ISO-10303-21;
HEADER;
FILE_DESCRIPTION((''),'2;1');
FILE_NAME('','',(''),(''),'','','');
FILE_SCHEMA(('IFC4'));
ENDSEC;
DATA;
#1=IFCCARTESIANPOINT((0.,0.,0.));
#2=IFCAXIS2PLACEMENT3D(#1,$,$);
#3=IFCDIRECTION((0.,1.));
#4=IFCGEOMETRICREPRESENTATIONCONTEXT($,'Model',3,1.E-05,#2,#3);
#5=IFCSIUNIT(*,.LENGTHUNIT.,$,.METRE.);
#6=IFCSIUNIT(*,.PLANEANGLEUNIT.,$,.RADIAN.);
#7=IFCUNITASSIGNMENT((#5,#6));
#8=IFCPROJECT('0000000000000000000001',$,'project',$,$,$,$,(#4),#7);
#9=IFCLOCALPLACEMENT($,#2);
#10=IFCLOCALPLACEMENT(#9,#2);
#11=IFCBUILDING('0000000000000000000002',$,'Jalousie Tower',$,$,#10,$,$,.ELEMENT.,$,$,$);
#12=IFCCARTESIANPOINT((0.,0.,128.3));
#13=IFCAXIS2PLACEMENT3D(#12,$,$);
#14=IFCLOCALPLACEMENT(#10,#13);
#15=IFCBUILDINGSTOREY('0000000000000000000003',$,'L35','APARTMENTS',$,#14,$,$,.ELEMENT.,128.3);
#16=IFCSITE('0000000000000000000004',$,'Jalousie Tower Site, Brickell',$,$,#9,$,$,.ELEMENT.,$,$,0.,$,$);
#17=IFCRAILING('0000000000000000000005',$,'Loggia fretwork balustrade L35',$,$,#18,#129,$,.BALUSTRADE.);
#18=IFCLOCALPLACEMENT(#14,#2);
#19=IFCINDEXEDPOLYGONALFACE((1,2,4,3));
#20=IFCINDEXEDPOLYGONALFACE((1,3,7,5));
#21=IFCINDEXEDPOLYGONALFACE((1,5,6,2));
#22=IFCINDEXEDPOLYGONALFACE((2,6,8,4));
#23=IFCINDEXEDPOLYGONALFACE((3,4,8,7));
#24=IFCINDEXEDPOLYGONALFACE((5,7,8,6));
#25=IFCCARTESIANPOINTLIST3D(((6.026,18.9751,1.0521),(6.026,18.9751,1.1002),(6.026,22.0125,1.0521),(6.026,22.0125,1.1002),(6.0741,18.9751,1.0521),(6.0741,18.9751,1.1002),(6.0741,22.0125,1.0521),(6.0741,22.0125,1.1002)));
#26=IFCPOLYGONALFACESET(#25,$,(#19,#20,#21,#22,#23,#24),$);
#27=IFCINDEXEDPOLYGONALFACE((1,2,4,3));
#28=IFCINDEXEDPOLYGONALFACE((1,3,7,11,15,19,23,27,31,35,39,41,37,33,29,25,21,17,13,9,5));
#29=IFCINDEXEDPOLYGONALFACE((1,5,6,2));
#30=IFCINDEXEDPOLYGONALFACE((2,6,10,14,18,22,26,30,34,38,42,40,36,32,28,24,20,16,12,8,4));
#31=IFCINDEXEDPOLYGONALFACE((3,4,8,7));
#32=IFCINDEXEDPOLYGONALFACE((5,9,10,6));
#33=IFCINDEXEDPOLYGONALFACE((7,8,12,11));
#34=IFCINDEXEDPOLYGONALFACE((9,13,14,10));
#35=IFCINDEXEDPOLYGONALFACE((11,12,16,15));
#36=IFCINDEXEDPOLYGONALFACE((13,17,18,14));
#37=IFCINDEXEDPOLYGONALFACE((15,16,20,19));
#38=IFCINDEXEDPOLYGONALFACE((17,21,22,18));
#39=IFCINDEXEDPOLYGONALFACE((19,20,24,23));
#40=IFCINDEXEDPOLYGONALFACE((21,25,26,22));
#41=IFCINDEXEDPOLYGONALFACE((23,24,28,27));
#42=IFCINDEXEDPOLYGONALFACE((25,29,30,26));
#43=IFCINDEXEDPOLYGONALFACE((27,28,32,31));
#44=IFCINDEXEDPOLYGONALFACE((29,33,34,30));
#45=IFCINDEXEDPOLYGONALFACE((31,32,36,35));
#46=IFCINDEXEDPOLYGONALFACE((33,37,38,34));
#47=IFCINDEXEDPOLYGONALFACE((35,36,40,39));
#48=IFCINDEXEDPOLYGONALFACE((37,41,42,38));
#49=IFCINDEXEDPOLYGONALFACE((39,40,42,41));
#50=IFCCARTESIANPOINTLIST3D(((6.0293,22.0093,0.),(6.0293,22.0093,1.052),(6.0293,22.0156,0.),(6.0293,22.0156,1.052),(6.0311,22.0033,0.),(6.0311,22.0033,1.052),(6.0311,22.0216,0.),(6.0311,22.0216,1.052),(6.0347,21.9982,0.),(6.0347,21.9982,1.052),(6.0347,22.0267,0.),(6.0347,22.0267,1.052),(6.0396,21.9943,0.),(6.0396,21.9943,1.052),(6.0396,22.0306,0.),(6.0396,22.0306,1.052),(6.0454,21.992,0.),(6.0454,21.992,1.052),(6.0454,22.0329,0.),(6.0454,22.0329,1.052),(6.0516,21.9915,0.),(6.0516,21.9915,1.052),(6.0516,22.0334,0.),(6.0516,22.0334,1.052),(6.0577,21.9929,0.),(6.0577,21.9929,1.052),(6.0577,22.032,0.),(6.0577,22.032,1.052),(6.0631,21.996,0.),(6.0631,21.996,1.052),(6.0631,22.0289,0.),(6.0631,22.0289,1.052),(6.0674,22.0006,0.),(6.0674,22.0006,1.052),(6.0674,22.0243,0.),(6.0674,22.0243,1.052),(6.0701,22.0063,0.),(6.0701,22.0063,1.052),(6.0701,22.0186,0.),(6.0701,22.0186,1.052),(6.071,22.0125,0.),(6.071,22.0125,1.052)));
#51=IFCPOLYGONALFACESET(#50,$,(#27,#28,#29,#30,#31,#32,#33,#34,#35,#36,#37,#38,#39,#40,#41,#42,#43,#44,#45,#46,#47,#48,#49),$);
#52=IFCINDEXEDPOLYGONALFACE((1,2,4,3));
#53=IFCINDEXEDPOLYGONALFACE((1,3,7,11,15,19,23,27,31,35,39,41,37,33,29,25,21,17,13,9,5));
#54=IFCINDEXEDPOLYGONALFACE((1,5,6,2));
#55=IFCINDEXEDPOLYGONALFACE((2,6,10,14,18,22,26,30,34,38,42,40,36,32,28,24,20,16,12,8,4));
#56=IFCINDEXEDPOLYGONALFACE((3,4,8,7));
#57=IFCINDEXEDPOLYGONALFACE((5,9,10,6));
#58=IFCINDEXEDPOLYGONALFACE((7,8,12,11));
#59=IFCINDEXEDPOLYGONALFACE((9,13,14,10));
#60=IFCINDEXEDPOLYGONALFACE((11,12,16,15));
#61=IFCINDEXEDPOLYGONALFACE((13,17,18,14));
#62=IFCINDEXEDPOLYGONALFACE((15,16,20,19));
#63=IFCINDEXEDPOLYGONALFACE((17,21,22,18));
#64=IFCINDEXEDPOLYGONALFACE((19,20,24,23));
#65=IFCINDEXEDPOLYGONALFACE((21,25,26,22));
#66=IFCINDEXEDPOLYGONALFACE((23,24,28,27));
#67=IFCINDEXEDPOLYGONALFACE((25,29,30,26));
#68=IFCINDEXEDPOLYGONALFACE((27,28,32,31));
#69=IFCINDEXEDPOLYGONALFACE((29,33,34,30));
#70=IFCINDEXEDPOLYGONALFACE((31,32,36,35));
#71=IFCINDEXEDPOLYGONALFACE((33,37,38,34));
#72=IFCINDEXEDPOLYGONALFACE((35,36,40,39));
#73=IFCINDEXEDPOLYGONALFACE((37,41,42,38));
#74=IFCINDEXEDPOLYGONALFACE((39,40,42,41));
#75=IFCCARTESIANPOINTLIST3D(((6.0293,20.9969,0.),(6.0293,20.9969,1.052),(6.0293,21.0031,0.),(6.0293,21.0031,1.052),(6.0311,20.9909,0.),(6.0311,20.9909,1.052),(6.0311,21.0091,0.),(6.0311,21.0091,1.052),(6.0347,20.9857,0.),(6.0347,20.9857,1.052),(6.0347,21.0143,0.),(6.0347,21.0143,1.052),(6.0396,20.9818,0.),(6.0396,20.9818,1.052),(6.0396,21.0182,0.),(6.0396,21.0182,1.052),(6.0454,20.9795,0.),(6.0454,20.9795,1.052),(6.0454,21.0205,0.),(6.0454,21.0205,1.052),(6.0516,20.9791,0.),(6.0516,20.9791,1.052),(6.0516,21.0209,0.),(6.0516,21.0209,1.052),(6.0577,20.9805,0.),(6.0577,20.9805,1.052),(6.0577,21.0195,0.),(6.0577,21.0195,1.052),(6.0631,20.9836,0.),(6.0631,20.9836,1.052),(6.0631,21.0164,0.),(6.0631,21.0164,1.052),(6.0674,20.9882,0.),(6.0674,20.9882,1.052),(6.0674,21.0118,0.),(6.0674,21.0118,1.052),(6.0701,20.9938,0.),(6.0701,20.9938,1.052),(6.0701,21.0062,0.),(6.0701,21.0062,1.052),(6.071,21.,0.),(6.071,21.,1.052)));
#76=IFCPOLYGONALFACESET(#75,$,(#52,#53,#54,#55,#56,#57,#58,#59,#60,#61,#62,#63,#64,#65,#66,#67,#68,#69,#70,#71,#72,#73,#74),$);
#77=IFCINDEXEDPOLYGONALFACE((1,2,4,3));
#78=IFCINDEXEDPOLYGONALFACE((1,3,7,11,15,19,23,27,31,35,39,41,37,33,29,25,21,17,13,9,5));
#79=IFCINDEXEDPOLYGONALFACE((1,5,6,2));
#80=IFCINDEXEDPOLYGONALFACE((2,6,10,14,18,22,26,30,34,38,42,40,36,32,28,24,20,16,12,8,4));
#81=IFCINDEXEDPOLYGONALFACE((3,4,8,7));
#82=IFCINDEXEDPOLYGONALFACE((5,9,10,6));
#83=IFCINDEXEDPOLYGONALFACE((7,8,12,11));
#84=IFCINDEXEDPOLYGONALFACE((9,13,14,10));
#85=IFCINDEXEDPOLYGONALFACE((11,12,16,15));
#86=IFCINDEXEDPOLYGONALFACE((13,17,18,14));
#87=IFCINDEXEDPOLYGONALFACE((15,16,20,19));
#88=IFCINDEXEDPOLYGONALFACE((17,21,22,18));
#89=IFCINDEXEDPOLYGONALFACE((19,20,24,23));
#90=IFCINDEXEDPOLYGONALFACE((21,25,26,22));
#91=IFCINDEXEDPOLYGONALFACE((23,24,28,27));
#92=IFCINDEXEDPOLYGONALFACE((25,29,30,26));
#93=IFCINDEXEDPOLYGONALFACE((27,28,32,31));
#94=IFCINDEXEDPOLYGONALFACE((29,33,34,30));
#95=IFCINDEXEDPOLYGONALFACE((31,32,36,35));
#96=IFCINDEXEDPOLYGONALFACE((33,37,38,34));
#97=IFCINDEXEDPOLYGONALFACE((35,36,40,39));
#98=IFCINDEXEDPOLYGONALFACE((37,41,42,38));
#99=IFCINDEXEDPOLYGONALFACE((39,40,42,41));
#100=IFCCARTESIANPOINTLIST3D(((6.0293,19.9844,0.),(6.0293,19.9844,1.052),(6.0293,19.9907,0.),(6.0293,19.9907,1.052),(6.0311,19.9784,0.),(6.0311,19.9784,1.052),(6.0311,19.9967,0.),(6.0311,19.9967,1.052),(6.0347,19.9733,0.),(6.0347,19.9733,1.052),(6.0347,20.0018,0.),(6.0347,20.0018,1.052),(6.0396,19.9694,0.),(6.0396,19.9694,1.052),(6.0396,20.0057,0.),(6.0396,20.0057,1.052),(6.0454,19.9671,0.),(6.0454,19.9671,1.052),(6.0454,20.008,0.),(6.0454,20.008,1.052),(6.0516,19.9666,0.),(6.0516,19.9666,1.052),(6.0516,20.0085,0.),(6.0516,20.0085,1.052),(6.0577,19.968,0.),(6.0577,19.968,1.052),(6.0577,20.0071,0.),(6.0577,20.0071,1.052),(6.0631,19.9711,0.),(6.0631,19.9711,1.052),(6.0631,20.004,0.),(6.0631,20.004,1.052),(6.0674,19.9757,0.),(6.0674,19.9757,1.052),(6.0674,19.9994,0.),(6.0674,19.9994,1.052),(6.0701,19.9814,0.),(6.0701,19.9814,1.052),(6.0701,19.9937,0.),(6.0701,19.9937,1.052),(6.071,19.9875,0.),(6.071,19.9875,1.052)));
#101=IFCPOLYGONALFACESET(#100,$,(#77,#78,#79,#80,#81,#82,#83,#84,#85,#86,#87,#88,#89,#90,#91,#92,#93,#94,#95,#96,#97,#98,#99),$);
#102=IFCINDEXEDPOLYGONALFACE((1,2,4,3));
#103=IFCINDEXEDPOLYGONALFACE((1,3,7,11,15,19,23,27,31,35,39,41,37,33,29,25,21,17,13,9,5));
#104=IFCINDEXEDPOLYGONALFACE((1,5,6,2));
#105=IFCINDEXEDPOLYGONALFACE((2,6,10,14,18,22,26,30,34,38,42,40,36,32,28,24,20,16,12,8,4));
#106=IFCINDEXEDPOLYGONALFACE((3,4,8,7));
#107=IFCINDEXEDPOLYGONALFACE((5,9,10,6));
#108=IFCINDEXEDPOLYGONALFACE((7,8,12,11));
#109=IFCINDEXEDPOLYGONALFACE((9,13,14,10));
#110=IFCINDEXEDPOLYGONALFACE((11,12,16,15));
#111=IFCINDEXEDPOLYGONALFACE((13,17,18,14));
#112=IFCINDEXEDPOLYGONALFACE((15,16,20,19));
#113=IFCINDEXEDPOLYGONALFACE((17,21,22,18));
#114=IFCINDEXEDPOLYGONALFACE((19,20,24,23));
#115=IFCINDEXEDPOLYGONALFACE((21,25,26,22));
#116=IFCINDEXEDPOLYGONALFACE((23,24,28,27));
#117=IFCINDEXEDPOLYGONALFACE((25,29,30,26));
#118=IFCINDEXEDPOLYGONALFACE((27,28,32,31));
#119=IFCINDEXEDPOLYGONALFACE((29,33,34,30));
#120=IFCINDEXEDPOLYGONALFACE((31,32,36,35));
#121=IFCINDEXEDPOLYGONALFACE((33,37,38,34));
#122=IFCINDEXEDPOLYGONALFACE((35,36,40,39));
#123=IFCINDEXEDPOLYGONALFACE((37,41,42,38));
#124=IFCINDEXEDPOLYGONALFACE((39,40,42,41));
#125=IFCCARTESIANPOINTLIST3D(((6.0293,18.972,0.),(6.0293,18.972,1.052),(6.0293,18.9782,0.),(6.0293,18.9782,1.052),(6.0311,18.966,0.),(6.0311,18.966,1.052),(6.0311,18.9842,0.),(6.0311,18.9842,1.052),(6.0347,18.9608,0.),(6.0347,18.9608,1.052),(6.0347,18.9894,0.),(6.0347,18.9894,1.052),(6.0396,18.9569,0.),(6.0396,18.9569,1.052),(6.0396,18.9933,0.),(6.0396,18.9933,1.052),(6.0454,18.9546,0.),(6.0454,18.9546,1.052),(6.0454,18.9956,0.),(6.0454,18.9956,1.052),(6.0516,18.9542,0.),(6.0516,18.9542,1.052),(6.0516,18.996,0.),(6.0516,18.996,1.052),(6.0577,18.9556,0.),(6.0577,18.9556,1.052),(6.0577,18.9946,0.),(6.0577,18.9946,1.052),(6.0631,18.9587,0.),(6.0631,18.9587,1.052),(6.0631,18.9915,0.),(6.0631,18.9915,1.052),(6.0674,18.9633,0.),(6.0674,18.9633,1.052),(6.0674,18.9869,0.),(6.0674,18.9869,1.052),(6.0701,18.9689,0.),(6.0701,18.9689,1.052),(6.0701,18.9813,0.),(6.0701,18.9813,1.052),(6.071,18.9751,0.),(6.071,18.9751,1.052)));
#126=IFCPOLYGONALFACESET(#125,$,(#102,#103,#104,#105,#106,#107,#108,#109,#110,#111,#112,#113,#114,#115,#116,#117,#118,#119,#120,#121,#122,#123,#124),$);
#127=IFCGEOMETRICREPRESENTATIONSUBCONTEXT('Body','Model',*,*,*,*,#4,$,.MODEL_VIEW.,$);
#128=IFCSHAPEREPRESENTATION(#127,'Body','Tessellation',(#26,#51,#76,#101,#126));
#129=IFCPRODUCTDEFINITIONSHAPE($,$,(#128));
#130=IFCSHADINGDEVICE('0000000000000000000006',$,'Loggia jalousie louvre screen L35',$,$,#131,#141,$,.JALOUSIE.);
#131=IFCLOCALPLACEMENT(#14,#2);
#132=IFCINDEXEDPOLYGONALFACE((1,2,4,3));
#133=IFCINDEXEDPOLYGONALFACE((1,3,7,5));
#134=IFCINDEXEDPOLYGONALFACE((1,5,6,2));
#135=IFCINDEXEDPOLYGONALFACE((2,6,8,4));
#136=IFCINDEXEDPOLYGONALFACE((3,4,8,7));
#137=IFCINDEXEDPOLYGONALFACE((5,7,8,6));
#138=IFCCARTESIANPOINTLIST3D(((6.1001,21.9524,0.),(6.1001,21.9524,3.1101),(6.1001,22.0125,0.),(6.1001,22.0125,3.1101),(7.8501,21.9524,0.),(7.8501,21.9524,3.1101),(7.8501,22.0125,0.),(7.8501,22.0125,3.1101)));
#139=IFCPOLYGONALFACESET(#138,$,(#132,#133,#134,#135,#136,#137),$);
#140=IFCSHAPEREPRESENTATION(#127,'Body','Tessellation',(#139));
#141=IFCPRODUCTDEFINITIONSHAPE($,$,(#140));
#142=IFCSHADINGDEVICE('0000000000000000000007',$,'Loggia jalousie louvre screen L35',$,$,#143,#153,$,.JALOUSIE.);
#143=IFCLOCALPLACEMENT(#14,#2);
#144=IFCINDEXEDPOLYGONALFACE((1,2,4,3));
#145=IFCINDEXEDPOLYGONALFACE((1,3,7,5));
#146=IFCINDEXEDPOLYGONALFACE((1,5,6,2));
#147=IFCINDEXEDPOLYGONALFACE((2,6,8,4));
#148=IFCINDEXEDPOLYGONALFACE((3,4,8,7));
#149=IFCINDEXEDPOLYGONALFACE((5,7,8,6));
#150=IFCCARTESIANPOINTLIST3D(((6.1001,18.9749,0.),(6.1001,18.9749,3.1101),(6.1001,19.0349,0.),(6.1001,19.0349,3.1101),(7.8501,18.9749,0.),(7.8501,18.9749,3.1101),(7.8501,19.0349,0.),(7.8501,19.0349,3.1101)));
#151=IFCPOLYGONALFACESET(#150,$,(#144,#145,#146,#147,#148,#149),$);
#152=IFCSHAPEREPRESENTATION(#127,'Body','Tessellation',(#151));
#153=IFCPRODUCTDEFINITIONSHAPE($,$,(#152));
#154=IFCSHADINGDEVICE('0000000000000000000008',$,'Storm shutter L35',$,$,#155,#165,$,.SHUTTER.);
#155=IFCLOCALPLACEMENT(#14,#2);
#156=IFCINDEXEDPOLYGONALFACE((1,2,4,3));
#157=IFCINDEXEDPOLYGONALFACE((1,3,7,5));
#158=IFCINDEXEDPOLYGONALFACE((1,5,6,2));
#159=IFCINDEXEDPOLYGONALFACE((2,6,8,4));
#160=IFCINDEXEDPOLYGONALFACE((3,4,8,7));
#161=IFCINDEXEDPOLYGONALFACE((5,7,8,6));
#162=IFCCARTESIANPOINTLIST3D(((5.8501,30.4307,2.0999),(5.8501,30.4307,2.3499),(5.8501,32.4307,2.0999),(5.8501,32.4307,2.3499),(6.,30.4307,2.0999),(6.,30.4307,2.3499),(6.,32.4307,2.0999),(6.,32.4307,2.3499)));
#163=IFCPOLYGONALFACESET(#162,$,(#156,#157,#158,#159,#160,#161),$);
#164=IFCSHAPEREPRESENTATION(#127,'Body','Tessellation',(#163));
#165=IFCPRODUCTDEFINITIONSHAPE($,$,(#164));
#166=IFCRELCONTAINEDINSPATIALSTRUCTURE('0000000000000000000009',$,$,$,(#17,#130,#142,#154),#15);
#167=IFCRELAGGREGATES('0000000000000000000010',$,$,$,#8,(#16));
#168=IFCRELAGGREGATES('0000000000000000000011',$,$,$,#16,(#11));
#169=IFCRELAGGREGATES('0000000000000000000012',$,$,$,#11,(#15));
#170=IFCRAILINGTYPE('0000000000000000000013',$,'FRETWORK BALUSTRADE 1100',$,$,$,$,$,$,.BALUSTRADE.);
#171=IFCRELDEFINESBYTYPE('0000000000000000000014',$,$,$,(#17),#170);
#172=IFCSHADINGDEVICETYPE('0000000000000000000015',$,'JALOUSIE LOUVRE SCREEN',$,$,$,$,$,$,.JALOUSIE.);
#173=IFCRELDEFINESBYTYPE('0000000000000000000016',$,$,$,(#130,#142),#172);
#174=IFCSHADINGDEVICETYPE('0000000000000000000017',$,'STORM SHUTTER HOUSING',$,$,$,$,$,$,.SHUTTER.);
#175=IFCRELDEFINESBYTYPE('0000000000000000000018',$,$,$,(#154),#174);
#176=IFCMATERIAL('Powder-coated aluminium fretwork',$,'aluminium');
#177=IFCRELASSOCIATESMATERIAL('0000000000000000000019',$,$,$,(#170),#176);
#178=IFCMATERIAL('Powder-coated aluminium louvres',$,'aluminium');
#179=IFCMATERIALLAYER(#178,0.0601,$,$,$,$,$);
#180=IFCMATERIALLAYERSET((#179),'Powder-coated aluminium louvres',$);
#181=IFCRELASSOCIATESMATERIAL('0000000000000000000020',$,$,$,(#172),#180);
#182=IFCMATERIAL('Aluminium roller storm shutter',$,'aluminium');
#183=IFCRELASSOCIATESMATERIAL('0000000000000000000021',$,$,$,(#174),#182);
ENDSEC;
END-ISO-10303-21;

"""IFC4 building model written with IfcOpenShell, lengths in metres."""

from ifc_helpers import new_model, si_unit, direction, frame, origin, origin_2d, place, context, subcontext, project, spatial, rectangle, circle, extrude, material, layer, layer_set, type_object, element, save


model = new_model("IFC4")

# Units and contexts
model_context = context("Model", 3, precision=1e-05, world=origin(), true_north=direction((0.0, 1.0)))
body_context = subcontext(model_context, "Body", "Model", "MODEL_VIEW")
ifc_project = project(units=[si_unit("LENGTHUNIT", "METRE"), si_unit("PLANEANGLEUNIT", "RADIAN")], contexts=[model_context])

# Site, building, storey
site_placement = place(None, origin())
site = spatial("IfcSite", under=ifc_project, at=site_placement, Name="Jalousie Tower Site, Brickell", CompositionType="ELEMENT", RefElevation=0.0)
building_placement = place(site_placement, origin())
building = spatial("IfcBuilding", under=site, at=building_placement, Name="Jalousie Tower", CompositionType="ELEMENT")
storey_placement = place(building_placement, frame((0.0, 0.0, 128.3)))
storey = spatial("IfcBuildingStorey", under=building, at=storey_placement, Name="L35", Description="APARTMENTS", CompositionType="ELEMENT", Elevation=128.3)

# Railing
ifc_material_1 = material(Name="Powder-coated aluminium fretwork", Category="aluminium")
railing_type = type_object("IfcRailingType", Name="FRETWORK BALUSTRADE 1100", PredefinedType="BALUSTRADE", material=ifc_material_1)
railing_placement = place(storey_placement, frame((6.05, 22.0125, 0.0)))
element("IfcRailing", 1, at=railing_placement, inside=storey, type_object=railing_type, Name="Loggia fretwork balustrade L35", PredefinedType="BALUSTRADE", context=body_context, shape_type="SweptSolid", body=[
    extrude(rectangle(XDim=0.0481, YDim=0.0481, at=origin_2d()), frame((0.0, 0.0, 1.0762), z_axis=(0.0, -1.0, 0.0), x_axis=(1.0, 0.0, 0.0)), (0.0, 0.0, 1.0), 3.0374),
    extrude(circle(Radius=0.021, at=origin_2d()), origin(), (0.0, 0.0, 1.0), 1.052),
    extrude(circle(Radius=0.021, at=origin_2d()), frame((0.0, -1.0125, 0.0)), (0.0, 0.0, 1.0), 1.052),
    extrude(circle(Radius=0.021, at=origin_2d()), frame((0.0, -2.0249, 0.0)), (0.0, 0.0, 1.0), 1.052),
    extrude(circle(Radius=0.021, at=origin_2d()), frame((0.0, -3.0374, 0.0)), (0.0, 0.0, 1.0), 1.052),
])

# Shading devices
ifc_material_2 = material(Name="Powder-coated aluminium louvres", Category="aluminium")
ifc_layer_1 = layer(ifc_material_2, 0.0601)
ifc_layer_set_1 = layer_set([ifc_layer_1], Name="Powder-coated aluminium louvres")
shading_device_type_1 = type_object("IfcShadingDeviceType", Name="JALOUSIE LOUVRE SCREEN", PredefinedType="JALOUSIE", material=ifc_layer_set_1)
for number, where, z_axis, x_axis, name in (
    (2, (6.9751, 21.9824, 0.0), (0.0, 0.0, 1.0), (0.0, -1.0, 0.0), "Loggia jalousie louvre screen L35"),
    (3, (6.9751, 19.0049, 0.0), (0.0, 0.0, 1.0), (0.0, -1.0, 0.0), "Loggia jalousie louvre screen L35"),
):
    element("IfcShadingDevice", number, at=place(storey_placement, frame(where, z_axis=z_axis, x_axis=x_axis)), inside=storey, type_object=shading_device_type_1, Name=name, PredefinedType="JALOUSIE", context=body_context, shape_type="SweptSolid", body=[
        extrude(rectangle(XDim=0.0601, YDim=1.75, at=origin_2d()), origin(), (0.0, 0.0, 1.0), 3.1101),
    ])
ifc_material_3 = material(Name="Aluminium roller storm shutter", Category="aluminium")
shading_device_type_2 = type_object("IfcShadingDeviceType", Name="STORM SHUTTER HOUSING", PredefinedType="SHUTTER", material=ifc_material_3)
shading_device_1_placement = place(storey_placement, frame((5.925, 31.4307, 2.0999), z_axis=(0.0, 0.0, 1.0), x_axis=(0.0, -1.0, 0.0)))
element("IfcShadingDevice", 4, at=shading_device_1_placement, inside=storey, type_object=shading_device_type_2, Name="Storm shutter L35", PredefinedType="SHUTTER", context=body_context, shape_type="SweptSolid", body=[
    extrude(rectangle(XDim=2.0, YDim=0.1499, at=origin_2d()), origin(), (0.0, 0.0, 1.0), 0.25),
])

save(model, "model.ifc")
